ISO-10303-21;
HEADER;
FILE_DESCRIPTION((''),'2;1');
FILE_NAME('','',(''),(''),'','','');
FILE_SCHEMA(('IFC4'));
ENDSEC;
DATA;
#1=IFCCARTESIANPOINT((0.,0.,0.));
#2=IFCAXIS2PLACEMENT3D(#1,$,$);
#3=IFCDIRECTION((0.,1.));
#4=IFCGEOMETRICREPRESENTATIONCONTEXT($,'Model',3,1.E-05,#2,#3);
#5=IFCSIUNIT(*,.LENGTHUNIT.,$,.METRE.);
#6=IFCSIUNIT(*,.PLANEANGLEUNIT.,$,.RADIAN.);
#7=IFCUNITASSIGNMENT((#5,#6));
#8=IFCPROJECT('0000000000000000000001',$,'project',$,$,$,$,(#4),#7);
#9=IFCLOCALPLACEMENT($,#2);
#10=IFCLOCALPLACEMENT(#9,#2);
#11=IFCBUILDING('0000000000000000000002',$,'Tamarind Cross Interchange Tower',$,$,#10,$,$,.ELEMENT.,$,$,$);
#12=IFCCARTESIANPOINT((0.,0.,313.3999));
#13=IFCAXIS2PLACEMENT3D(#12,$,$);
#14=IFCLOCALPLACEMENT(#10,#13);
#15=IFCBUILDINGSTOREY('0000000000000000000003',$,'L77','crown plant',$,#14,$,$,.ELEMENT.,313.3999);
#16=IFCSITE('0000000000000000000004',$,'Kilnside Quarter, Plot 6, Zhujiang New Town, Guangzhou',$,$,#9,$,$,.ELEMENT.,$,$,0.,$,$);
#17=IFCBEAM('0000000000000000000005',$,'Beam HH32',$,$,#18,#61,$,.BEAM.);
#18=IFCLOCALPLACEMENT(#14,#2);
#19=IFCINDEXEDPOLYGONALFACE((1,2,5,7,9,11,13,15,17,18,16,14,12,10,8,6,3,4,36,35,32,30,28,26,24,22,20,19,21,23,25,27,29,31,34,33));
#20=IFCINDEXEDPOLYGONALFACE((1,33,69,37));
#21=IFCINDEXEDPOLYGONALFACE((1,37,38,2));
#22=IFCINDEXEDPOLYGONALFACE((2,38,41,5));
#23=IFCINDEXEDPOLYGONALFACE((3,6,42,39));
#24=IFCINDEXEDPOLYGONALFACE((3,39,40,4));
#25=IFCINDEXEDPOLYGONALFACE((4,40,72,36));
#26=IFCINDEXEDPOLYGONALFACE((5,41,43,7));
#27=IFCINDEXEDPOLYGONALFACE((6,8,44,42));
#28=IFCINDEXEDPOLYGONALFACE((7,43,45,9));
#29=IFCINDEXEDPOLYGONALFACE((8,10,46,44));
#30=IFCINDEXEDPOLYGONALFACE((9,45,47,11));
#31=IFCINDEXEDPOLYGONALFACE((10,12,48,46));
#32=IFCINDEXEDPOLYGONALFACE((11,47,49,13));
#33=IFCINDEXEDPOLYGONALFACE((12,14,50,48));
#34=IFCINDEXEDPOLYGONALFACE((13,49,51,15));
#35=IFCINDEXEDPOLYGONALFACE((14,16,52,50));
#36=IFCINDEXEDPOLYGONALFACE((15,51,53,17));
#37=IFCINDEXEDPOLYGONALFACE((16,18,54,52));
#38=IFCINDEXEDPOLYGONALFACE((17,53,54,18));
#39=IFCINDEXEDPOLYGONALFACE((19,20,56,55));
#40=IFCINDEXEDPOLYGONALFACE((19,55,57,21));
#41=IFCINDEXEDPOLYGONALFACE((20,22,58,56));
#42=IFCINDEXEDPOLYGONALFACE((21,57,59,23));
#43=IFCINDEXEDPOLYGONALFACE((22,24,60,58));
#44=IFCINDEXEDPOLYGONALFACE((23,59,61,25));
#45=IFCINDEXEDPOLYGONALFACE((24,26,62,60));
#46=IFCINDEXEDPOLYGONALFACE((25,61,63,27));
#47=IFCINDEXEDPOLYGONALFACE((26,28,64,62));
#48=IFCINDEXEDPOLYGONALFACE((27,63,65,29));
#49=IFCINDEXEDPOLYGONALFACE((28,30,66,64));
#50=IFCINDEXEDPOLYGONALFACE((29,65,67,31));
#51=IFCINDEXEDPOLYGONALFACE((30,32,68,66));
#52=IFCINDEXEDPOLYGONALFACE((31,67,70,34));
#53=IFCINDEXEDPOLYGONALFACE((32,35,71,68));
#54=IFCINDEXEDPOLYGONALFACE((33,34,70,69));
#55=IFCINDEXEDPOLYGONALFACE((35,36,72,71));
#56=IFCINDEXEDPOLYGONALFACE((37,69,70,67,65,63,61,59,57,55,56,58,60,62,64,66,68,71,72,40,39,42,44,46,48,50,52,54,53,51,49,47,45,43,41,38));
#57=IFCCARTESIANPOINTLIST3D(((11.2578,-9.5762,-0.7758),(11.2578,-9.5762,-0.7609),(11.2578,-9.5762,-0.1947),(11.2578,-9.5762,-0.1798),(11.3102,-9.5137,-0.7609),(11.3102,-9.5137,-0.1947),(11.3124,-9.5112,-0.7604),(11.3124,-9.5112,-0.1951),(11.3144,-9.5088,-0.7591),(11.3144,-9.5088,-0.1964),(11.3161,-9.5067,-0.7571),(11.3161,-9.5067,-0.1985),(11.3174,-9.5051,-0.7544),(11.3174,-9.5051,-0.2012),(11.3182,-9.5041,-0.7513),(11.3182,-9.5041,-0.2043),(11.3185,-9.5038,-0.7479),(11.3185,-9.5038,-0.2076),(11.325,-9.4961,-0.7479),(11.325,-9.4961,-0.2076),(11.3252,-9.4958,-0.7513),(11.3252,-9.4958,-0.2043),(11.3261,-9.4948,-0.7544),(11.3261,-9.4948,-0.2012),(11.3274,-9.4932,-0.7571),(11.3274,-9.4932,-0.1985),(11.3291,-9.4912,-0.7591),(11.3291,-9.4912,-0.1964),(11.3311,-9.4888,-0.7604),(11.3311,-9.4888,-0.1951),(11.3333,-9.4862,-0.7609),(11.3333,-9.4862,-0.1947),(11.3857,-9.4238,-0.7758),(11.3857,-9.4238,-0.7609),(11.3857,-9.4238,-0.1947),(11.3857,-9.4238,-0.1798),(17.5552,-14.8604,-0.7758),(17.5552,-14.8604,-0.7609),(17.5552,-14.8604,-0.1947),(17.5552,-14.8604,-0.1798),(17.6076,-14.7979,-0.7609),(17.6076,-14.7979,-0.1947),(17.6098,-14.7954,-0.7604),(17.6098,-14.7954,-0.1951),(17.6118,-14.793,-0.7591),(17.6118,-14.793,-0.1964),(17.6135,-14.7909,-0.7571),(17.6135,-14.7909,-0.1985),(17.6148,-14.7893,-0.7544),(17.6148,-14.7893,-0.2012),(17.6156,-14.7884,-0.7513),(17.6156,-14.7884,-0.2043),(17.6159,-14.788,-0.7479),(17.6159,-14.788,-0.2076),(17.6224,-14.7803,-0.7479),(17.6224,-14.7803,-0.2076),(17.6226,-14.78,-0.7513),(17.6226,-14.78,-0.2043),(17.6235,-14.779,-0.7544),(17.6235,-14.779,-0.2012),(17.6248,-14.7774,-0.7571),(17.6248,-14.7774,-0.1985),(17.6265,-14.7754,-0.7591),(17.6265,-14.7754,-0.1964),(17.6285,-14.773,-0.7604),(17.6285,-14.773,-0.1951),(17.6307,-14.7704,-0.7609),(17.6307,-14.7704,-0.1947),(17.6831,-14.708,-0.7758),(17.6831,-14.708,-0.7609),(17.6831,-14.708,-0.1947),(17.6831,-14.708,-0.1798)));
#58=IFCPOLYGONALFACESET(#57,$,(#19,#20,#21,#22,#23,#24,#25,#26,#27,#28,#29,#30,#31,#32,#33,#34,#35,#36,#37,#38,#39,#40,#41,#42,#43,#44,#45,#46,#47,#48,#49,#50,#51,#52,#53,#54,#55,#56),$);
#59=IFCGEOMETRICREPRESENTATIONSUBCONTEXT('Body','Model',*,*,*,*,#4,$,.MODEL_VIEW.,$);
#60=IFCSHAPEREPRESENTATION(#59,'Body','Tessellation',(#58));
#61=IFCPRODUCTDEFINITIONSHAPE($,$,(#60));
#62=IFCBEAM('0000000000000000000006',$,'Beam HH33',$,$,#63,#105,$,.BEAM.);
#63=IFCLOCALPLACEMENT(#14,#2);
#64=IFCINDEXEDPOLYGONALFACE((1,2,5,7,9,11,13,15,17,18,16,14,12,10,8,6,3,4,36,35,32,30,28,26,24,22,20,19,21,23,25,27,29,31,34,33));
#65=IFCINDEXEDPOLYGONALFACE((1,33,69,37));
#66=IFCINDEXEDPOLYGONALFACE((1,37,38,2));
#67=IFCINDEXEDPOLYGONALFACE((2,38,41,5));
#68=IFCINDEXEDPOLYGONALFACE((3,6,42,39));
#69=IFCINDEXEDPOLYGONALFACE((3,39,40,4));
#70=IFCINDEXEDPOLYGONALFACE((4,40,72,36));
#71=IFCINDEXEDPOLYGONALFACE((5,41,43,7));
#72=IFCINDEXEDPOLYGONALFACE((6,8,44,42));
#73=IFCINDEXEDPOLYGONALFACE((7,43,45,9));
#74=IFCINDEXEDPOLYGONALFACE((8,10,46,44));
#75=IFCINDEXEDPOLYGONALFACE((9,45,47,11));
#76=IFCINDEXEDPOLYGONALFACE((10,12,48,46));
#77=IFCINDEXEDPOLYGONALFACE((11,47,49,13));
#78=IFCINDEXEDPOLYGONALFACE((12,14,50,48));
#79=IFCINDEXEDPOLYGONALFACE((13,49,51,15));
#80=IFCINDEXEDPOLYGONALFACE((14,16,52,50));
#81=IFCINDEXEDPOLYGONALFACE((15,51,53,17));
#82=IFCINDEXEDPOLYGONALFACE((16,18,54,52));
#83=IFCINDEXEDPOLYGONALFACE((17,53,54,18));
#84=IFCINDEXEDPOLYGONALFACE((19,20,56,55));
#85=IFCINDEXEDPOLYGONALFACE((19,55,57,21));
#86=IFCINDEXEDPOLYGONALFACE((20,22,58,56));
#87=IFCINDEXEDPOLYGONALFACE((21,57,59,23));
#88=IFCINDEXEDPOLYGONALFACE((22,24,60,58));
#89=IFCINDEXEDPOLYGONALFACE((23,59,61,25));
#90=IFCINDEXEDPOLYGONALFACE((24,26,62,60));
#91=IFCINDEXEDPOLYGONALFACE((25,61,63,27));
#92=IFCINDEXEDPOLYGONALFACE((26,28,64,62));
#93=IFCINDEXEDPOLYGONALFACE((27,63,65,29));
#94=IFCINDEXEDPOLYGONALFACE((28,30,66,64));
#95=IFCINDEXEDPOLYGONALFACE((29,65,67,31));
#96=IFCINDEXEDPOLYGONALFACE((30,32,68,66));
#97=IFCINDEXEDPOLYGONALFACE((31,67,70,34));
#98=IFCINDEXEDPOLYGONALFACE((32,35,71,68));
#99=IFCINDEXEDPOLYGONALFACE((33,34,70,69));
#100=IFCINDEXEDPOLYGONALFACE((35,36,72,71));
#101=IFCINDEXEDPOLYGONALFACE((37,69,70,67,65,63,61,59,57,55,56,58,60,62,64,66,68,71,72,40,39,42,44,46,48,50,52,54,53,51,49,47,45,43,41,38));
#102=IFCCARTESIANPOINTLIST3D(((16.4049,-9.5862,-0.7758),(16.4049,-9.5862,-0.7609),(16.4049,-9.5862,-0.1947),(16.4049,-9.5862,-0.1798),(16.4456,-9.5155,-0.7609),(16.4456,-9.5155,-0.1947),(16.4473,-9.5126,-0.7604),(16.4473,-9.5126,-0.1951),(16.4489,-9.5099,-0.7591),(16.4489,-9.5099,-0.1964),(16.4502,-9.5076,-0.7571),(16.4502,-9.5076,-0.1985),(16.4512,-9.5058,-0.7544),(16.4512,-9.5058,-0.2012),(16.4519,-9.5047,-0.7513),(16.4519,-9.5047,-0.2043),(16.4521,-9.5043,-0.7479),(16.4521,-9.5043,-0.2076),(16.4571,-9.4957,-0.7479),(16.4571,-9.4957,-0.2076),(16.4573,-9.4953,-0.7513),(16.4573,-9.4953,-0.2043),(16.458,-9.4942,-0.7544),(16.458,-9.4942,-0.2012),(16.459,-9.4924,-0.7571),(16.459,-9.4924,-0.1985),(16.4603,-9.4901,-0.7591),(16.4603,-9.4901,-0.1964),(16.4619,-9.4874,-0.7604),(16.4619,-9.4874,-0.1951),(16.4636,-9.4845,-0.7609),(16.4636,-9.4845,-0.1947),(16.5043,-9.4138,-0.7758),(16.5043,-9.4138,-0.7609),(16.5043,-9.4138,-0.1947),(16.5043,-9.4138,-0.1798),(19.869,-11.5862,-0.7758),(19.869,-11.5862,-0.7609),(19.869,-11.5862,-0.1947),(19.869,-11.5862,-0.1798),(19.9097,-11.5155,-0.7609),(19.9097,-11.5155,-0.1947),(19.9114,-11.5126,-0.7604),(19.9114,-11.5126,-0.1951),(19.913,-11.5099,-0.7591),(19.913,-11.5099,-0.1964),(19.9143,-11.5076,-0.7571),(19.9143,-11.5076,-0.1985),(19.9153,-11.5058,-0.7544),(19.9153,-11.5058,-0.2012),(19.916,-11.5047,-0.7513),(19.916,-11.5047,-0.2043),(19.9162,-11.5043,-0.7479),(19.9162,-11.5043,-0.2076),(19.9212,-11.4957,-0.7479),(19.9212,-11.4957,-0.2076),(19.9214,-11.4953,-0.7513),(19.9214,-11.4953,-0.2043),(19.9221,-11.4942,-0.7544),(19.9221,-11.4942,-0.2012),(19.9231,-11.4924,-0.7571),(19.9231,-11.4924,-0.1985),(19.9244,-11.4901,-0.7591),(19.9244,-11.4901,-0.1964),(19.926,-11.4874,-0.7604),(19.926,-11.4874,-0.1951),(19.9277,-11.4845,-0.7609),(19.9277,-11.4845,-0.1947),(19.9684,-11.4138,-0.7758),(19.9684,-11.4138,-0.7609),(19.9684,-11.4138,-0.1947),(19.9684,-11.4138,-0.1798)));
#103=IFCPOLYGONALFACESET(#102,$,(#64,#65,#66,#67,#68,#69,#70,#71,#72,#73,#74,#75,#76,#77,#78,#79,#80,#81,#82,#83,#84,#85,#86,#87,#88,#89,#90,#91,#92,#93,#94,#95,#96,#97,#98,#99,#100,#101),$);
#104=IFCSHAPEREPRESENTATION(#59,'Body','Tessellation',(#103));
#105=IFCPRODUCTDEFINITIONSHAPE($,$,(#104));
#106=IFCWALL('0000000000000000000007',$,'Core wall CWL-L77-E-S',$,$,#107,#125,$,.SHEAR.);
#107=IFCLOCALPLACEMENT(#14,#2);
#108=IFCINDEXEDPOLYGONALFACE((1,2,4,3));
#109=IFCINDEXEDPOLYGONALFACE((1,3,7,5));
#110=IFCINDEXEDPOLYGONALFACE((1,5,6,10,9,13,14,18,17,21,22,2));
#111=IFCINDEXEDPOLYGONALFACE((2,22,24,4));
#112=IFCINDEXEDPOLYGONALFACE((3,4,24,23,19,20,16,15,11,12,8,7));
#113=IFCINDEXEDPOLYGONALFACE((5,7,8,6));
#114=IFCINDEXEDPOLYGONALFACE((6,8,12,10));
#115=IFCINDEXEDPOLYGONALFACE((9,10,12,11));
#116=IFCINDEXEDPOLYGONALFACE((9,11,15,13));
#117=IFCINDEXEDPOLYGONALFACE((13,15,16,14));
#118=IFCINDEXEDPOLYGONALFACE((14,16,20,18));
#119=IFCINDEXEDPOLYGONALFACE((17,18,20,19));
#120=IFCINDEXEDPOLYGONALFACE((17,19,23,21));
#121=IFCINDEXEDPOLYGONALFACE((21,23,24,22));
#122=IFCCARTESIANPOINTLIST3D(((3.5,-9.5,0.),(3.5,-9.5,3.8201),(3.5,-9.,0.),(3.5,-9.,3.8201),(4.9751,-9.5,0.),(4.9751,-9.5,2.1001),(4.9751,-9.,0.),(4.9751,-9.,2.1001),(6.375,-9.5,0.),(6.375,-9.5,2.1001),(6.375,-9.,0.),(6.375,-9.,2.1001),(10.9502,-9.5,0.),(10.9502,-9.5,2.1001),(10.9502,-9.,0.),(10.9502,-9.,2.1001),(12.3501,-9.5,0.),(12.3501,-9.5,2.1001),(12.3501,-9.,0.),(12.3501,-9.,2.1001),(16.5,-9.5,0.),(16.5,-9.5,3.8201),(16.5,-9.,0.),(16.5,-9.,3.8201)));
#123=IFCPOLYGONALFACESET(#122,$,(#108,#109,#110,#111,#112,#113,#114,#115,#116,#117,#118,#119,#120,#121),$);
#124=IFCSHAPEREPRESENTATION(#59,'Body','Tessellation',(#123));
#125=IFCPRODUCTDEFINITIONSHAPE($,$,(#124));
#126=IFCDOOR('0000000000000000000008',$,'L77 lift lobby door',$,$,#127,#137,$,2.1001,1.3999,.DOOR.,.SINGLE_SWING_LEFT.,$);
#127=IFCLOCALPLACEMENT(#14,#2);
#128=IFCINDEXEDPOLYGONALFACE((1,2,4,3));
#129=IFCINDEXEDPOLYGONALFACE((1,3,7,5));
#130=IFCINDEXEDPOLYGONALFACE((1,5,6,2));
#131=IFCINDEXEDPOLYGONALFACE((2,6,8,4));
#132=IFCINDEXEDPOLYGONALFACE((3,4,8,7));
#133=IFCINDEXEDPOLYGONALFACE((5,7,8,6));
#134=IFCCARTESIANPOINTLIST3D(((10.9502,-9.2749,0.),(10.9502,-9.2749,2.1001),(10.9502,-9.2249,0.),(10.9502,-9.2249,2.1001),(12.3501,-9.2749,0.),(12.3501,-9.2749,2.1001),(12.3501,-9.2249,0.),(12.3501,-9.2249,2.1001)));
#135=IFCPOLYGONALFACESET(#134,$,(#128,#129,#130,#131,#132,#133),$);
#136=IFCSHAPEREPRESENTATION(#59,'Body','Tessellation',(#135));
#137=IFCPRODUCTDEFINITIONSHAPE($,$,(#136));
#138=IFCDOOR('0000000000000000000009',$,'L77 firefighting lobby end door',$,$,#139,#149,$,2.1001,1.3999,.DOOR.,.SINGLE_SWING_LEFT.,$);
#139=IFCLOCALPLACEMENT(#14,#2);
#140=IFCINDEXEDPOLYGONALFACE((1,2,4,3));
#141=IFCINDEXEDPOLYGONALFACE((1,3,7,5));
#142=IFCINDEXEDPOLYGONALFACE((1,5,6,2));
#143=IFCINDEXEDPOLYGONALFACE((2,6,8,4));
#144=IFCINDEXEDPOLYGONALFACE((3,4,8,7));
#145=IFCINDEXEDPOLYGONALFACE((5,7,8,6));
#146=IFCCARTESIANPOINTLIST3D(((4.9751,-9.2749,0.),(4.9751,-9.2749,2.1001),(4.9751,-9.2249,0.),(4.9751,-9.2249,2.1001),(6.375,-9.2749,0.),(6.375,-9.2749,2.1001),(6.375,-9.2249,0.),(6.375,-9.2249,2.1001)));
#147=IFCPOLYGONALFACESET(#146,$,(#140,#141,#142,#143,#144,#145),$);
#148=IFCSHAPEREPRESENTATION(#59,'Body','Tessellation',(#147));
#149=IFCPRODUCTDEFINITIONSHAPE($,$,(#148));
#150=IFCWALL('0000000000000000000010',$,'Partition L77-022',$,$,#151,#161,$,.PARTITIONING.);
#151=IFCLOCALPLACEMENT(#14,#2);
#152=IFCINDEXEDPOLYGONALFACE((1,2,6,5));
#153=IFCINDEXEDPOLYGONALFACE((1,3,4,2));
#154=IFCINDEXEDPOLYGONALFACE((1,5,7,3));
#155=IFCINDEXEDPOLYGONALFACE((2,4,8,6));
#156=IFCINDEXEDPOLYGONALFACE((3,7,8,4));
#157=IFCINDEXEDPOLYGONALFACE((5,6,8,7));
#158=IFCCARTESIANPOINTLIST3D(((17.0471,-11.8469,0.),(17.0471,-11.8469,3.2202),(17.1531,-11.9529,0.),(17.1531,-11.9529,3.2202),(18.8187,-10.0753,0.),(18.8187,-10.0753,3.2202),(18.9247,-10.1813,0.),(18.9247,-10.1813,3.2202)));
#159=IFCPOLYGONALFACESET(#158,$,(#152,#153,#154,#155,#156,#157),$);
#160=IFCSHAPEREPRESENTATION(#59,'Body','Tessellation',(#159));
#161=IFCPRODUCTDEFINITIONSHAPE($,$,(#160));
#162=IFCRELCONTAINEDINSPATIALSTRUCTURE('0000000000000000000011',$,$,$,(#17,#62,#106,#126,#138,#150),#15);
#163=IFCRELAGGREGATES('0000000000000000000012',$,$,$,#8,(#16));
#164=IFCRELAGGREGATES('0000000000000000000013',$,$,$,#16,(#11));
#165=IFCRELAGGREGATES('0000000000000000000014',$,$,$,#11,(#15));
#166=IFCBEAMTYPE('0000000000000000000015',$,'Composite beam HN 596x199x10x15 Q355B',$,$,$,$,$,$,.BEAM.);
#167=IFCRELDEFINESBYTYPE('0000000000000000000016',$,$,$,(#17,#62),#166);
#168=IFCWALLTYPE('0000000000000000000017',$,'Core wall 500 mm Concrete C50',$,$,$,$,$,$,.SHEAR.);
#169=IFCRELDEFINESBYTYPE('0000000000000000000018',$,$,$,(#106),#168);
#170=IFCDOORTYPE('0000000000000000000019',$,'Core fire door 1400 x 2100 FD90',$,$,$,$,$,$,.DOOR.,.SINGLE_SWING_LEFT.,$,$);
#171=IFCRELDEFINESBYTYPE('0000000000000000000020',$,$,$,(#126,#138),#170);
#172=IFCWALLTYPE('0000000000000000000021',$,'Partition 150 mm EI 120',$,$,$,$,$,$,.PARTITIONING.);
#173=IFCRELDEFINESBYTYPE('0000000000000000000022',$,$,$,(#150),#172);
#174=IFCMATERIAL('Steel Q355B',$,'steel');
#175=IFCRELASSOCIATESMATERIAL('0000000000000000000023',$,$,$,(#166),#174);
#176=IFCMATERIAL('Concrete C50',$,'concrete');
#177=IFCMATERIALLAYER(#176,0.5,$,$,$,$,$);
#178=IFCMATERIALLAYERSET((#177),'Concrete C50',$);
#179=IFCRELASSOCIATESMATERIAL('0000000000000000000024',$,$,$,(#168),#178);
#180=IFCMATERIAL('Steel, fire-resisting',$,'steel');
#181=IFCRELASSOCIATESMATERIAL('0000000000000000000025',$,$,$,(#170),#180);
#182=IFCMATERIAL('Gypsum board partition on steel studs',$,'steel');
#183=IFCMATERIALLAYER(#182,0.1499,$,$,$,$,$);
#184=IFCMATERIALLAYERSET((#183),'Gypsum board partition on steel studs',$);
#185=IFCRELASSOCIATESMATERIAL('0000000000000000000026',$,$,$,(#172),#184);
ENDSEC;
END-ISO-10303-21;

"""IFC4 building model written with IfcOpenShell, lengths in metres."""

from ifc_helpers import new_model, si_unit, direction, frame, frame_2d, origin, origin_2d, place, context, subcontext, project, spatial, rectangle, i_section, extrude, material, layer, layer_set, material_profile, profile_set, type_object, element, fill, save


model = new_model("IFC4")

# Units and contexts
model_context = context("Model", 3, precision=1e-05, world=origin(), true_north=direction((0.0, 1.0)))
body_context = subcontext(model_context, "Body", "Model", "MODEL_VIEW")
ifc_project = project(units=[si_unit("LENGTHUNIT", "METRE"), si_unit("PLANEANGLEUNIT", "RADIAN")], contexts=[model_context])

# Site, building, storey
site_placement = place(None, origin())
site = spatial("IfcSite", under=ifc_project, at=site_placement, Name="Kilnside Quarter, Plot 6, Zhujiang New Town, Guangzhou", CompositionType="ELEMENT", RefElevation=0.0)
building_placement = place(site_placement, origin())
building = spatial("IfcBuilding", under=site, at=building_placement, Name="Tamarind Cross Interchange Tower", CompositionType="ELEMENT")
storey_placement = place(building_placement, frame((0.0, 0.0, 313.3999)))
storey = spatial("IfcBuildingStorey", under=building, at=storey_placement, Name="L77", Description="crown plant", CompositionType="ELEMENT", Elevation=313.3999)

# Beams
ifc_material_1 = material(Name="Steel Q355B", Category="steel")
ifc_material_profile_1 = material_profile(ifc_material_1, i_section(OverallWidth=0.199, OverallDepth=0.5959, WebThickness=0.01, FlangeThickness=0.0149, FilletRadius=0.0129, at=origin_2d()), Name="HN 596x199x10x15")
ifc_profile_set_1 = profile_set([ifc_material_profile_1], Name="Steel Q355B")
beam_type = type_object("IfcBeamType", Name="Composite beam HN 596x199x10x15 Q355B", PredefinedType="BEAM", material=ifc_profile_set_1)
beam_1_placement = place(storey_placement, frame((17.6191, -14.7842, -0.4778), z_axis=(-0.766041, 0.642792, 0.0), x_axis=(-0.642792, -0.766041, 0.0)))
element("IfcBeam", 1, at=beam_1_placement, inside=storey, type_object=beam_type, Name="Beam HH32", PredefinedType="BEAM", context=body_context, shape_type="SweptSolid", body=[
    extrude(i_section(OverallWidth=0.199, OverallDepth=0.5959, WebThickness=0.01, FlangeThickness=0.0149, FilletRadius=0.0129, at=origin_2d()), origin(), (0.0, 0.0, 1.0), 8.2207),
])
beam_2_placement = place(storey_placement, frame((19.9187, -11.5, -0.4778), z_axis=(-0.866026, 0.499999, 0.0), x_axis=(-0.499999, -0.866026, 0.0)))
element("IfcBeam", 2, at=beam_2_placement, inside=storey, type_object=beam_type, Name="Beam HH33", PredefinedType="BEAM", context=body_context, shape_type="SweptSolid", body=[
    extrude(i_section(OverallWidth=0.199, OverallDepth=0.5959, WebThickness=0.01, FlangeThickness=0.0149, FilletRadius=0.0129, at=origin_2d()), origin(), (0.0, 0.0, 1.0), 4.0),
])

# Wall, openings, doors
ifc_material_2 = material(Name="Concrete C50", Category="concrete")
ifc_layer_1 = layer(ifc_material_2, 0.5)
ifc_layer_set_1 = layer_set([ifc_layer_1], Name="Concrete C50")
wall_type_1 = type_object("IfcWallType", Name="Core wall 500 mm Concrete C50", PredefinedType="SHEAR", material=ifc_layer_set_1)
wall_1_placement = place(storey_placement, frame((16.5, -9.25, 0.0), z_axis=(0.0, 0.0, 1.0), x_axis=(-1.0, 0.0, 0.0)))
wall_1 = element("IfcWall", 3, at=wall_1_placement, inside=storey, type_object=wall_type_1, Name="Core wall CWL-L77-E-S", PredefinedType="SHEAR", context=body_context, shape_type="SweptSolid", body=[
    extrude(rectangle(XDim=13.0, YDim=0.5, at=frame_2d((6.5, 0.0))), origin(), (0.0, 0.0, 1.0), 3.8201),
])
opening_1_placement = place(wall_1_placement, frame((4.1499, 0.0, 0.0)))
opening_1 = element("IfcOpeningElement", 4, at=opening_1_placement, cuts=wall_1, PredefinedType="OPENING", context=body_context, shape_type="SweptSolid", body=[
    extrude(rectangle(XDim=1.3999, YDim=2.1001, at=frame_2d((0.7, 1.05))), frame((0.0, 0.26, 0.0), z_axis=(0.0, -1.0, 0.0), x_axis=(1.0, 0.0, 0.0)), (0.0, 0.0, 1.0), 0.52),
])
opening_2_placement = place(wall_1_placement, frame((10.125, 0.0, 0.0)))
opening_2 = element("IfcOpeningElement", 5, at=opening_2_placement, cuts=wall_1, PredefinedType="OPENING", context=body_context, shape_type="SweptSolid", body=[
    extrude(rectangle(XDim=1.3999, YDim=2.1001, at=frame_2d((0.7, 1.05))), frame((0.0, 0.26, 0.0), z_axis=(0.0, -1.0, 0.0), x_axis=(1.0, 0.0, 0.0)), (0.0, 0.0, 1.0), 0.52),
])
ifc_material_3 = material(Name="Steel, fire-resisting", Category="steel")
door_type_1 = type_object("IfcDoorType", Name="Core fire door 1400 x 2100 FD90", OperationType="SINGLE_SWING_LEFT", PredefinedType="DOOR", material=ifc_material_3)
door_1_placement = place(opening_1_placement, origin())
door_1 = element("IfcDoor", 6, at=door_1_placement, inside=storey, type_object=door_type_1, Name="L77 lift lobby door", OperationType="SINGLE_SWING_LEFT", OverallHeight=2.1001, OverallWidth=1.3999, PredefinedType="DOOR", context=body_context, shape_type="SweptSolid", body=[
    extrude(rectangle(XDim=1.3999, YDim=2.1001, at=frame_2d((0.7, 1.05))), frame((0.0, 0.0249, 0.0), z_axis=(0.0, -1.0, 0.0), x_axis=(1.0, 0.0, 0.0)), (0.0, 0.0, 1.0), 0.05),
])
fill(opening_1, door_1)
door_2_placement = place(opening_2_placement, origin())
door_2 = element("IfcDoor", 7, at=door_2_placement, inside=storey, type_object=door_type_1, Name="L77 firefighting lobby end door", OperationType="SINGLE_SWING_LEFT", OverallHeight=2.1001, OverallWidth=1.3999, PredefinedType="DOOR", context=body_context, shape_type="SweptSolid", body=[
    extrude(rectangle(XDim=1.3999, YDim=2.1001, at=frame_2d((0.7, 1.05))), frame((0.0, 0.0249, 0.0), z_axis=(0.0, -1.0, 0.0), x_axis=(1.0, 0.0, 0.0)), (0.0, 0.0, 1.0), 0.05),
])
fill(opening_2, door_2)

# Wall
ifc_material_4 = material(Name="Gypsum board partition on steel studs", Category="steel")
ifc_layer_2 = layer(ifc_material_4, 0.1499)
ifc_layer_set_2 = layer_set([ifc_layer_2], Name="Gypsum board partition on steel studs")
wall_type_2 = type_object("IfcWallType", Name="Partition 150 mm EI 120", PredefinedType="PARTITIONING", material=ifc_layer_set_2)
wall_2_placement = place(storey_placement, frame((17.1001, -11.8999, 0.0), z_axis=(0.0, 0.0, 1.0), x_axis=(0.707107, 0.707107, 0.0)))
element("IfcWall", 8, at=wall_2_placement, inside=storey, type_object=wall_type_2, Name="Partition L77-022", PredefinedType="PARTITIONING", context=body_context, shape_type="SweptSolid", body=[
    extrude(rectangle(XDim=2.5054, YDim=0.1499, at=frame_2d((1.2527, 0.0))), origin(), (0.0, 0.0, 1.0), 3.2202),
])

save(model, "model.ifc")
